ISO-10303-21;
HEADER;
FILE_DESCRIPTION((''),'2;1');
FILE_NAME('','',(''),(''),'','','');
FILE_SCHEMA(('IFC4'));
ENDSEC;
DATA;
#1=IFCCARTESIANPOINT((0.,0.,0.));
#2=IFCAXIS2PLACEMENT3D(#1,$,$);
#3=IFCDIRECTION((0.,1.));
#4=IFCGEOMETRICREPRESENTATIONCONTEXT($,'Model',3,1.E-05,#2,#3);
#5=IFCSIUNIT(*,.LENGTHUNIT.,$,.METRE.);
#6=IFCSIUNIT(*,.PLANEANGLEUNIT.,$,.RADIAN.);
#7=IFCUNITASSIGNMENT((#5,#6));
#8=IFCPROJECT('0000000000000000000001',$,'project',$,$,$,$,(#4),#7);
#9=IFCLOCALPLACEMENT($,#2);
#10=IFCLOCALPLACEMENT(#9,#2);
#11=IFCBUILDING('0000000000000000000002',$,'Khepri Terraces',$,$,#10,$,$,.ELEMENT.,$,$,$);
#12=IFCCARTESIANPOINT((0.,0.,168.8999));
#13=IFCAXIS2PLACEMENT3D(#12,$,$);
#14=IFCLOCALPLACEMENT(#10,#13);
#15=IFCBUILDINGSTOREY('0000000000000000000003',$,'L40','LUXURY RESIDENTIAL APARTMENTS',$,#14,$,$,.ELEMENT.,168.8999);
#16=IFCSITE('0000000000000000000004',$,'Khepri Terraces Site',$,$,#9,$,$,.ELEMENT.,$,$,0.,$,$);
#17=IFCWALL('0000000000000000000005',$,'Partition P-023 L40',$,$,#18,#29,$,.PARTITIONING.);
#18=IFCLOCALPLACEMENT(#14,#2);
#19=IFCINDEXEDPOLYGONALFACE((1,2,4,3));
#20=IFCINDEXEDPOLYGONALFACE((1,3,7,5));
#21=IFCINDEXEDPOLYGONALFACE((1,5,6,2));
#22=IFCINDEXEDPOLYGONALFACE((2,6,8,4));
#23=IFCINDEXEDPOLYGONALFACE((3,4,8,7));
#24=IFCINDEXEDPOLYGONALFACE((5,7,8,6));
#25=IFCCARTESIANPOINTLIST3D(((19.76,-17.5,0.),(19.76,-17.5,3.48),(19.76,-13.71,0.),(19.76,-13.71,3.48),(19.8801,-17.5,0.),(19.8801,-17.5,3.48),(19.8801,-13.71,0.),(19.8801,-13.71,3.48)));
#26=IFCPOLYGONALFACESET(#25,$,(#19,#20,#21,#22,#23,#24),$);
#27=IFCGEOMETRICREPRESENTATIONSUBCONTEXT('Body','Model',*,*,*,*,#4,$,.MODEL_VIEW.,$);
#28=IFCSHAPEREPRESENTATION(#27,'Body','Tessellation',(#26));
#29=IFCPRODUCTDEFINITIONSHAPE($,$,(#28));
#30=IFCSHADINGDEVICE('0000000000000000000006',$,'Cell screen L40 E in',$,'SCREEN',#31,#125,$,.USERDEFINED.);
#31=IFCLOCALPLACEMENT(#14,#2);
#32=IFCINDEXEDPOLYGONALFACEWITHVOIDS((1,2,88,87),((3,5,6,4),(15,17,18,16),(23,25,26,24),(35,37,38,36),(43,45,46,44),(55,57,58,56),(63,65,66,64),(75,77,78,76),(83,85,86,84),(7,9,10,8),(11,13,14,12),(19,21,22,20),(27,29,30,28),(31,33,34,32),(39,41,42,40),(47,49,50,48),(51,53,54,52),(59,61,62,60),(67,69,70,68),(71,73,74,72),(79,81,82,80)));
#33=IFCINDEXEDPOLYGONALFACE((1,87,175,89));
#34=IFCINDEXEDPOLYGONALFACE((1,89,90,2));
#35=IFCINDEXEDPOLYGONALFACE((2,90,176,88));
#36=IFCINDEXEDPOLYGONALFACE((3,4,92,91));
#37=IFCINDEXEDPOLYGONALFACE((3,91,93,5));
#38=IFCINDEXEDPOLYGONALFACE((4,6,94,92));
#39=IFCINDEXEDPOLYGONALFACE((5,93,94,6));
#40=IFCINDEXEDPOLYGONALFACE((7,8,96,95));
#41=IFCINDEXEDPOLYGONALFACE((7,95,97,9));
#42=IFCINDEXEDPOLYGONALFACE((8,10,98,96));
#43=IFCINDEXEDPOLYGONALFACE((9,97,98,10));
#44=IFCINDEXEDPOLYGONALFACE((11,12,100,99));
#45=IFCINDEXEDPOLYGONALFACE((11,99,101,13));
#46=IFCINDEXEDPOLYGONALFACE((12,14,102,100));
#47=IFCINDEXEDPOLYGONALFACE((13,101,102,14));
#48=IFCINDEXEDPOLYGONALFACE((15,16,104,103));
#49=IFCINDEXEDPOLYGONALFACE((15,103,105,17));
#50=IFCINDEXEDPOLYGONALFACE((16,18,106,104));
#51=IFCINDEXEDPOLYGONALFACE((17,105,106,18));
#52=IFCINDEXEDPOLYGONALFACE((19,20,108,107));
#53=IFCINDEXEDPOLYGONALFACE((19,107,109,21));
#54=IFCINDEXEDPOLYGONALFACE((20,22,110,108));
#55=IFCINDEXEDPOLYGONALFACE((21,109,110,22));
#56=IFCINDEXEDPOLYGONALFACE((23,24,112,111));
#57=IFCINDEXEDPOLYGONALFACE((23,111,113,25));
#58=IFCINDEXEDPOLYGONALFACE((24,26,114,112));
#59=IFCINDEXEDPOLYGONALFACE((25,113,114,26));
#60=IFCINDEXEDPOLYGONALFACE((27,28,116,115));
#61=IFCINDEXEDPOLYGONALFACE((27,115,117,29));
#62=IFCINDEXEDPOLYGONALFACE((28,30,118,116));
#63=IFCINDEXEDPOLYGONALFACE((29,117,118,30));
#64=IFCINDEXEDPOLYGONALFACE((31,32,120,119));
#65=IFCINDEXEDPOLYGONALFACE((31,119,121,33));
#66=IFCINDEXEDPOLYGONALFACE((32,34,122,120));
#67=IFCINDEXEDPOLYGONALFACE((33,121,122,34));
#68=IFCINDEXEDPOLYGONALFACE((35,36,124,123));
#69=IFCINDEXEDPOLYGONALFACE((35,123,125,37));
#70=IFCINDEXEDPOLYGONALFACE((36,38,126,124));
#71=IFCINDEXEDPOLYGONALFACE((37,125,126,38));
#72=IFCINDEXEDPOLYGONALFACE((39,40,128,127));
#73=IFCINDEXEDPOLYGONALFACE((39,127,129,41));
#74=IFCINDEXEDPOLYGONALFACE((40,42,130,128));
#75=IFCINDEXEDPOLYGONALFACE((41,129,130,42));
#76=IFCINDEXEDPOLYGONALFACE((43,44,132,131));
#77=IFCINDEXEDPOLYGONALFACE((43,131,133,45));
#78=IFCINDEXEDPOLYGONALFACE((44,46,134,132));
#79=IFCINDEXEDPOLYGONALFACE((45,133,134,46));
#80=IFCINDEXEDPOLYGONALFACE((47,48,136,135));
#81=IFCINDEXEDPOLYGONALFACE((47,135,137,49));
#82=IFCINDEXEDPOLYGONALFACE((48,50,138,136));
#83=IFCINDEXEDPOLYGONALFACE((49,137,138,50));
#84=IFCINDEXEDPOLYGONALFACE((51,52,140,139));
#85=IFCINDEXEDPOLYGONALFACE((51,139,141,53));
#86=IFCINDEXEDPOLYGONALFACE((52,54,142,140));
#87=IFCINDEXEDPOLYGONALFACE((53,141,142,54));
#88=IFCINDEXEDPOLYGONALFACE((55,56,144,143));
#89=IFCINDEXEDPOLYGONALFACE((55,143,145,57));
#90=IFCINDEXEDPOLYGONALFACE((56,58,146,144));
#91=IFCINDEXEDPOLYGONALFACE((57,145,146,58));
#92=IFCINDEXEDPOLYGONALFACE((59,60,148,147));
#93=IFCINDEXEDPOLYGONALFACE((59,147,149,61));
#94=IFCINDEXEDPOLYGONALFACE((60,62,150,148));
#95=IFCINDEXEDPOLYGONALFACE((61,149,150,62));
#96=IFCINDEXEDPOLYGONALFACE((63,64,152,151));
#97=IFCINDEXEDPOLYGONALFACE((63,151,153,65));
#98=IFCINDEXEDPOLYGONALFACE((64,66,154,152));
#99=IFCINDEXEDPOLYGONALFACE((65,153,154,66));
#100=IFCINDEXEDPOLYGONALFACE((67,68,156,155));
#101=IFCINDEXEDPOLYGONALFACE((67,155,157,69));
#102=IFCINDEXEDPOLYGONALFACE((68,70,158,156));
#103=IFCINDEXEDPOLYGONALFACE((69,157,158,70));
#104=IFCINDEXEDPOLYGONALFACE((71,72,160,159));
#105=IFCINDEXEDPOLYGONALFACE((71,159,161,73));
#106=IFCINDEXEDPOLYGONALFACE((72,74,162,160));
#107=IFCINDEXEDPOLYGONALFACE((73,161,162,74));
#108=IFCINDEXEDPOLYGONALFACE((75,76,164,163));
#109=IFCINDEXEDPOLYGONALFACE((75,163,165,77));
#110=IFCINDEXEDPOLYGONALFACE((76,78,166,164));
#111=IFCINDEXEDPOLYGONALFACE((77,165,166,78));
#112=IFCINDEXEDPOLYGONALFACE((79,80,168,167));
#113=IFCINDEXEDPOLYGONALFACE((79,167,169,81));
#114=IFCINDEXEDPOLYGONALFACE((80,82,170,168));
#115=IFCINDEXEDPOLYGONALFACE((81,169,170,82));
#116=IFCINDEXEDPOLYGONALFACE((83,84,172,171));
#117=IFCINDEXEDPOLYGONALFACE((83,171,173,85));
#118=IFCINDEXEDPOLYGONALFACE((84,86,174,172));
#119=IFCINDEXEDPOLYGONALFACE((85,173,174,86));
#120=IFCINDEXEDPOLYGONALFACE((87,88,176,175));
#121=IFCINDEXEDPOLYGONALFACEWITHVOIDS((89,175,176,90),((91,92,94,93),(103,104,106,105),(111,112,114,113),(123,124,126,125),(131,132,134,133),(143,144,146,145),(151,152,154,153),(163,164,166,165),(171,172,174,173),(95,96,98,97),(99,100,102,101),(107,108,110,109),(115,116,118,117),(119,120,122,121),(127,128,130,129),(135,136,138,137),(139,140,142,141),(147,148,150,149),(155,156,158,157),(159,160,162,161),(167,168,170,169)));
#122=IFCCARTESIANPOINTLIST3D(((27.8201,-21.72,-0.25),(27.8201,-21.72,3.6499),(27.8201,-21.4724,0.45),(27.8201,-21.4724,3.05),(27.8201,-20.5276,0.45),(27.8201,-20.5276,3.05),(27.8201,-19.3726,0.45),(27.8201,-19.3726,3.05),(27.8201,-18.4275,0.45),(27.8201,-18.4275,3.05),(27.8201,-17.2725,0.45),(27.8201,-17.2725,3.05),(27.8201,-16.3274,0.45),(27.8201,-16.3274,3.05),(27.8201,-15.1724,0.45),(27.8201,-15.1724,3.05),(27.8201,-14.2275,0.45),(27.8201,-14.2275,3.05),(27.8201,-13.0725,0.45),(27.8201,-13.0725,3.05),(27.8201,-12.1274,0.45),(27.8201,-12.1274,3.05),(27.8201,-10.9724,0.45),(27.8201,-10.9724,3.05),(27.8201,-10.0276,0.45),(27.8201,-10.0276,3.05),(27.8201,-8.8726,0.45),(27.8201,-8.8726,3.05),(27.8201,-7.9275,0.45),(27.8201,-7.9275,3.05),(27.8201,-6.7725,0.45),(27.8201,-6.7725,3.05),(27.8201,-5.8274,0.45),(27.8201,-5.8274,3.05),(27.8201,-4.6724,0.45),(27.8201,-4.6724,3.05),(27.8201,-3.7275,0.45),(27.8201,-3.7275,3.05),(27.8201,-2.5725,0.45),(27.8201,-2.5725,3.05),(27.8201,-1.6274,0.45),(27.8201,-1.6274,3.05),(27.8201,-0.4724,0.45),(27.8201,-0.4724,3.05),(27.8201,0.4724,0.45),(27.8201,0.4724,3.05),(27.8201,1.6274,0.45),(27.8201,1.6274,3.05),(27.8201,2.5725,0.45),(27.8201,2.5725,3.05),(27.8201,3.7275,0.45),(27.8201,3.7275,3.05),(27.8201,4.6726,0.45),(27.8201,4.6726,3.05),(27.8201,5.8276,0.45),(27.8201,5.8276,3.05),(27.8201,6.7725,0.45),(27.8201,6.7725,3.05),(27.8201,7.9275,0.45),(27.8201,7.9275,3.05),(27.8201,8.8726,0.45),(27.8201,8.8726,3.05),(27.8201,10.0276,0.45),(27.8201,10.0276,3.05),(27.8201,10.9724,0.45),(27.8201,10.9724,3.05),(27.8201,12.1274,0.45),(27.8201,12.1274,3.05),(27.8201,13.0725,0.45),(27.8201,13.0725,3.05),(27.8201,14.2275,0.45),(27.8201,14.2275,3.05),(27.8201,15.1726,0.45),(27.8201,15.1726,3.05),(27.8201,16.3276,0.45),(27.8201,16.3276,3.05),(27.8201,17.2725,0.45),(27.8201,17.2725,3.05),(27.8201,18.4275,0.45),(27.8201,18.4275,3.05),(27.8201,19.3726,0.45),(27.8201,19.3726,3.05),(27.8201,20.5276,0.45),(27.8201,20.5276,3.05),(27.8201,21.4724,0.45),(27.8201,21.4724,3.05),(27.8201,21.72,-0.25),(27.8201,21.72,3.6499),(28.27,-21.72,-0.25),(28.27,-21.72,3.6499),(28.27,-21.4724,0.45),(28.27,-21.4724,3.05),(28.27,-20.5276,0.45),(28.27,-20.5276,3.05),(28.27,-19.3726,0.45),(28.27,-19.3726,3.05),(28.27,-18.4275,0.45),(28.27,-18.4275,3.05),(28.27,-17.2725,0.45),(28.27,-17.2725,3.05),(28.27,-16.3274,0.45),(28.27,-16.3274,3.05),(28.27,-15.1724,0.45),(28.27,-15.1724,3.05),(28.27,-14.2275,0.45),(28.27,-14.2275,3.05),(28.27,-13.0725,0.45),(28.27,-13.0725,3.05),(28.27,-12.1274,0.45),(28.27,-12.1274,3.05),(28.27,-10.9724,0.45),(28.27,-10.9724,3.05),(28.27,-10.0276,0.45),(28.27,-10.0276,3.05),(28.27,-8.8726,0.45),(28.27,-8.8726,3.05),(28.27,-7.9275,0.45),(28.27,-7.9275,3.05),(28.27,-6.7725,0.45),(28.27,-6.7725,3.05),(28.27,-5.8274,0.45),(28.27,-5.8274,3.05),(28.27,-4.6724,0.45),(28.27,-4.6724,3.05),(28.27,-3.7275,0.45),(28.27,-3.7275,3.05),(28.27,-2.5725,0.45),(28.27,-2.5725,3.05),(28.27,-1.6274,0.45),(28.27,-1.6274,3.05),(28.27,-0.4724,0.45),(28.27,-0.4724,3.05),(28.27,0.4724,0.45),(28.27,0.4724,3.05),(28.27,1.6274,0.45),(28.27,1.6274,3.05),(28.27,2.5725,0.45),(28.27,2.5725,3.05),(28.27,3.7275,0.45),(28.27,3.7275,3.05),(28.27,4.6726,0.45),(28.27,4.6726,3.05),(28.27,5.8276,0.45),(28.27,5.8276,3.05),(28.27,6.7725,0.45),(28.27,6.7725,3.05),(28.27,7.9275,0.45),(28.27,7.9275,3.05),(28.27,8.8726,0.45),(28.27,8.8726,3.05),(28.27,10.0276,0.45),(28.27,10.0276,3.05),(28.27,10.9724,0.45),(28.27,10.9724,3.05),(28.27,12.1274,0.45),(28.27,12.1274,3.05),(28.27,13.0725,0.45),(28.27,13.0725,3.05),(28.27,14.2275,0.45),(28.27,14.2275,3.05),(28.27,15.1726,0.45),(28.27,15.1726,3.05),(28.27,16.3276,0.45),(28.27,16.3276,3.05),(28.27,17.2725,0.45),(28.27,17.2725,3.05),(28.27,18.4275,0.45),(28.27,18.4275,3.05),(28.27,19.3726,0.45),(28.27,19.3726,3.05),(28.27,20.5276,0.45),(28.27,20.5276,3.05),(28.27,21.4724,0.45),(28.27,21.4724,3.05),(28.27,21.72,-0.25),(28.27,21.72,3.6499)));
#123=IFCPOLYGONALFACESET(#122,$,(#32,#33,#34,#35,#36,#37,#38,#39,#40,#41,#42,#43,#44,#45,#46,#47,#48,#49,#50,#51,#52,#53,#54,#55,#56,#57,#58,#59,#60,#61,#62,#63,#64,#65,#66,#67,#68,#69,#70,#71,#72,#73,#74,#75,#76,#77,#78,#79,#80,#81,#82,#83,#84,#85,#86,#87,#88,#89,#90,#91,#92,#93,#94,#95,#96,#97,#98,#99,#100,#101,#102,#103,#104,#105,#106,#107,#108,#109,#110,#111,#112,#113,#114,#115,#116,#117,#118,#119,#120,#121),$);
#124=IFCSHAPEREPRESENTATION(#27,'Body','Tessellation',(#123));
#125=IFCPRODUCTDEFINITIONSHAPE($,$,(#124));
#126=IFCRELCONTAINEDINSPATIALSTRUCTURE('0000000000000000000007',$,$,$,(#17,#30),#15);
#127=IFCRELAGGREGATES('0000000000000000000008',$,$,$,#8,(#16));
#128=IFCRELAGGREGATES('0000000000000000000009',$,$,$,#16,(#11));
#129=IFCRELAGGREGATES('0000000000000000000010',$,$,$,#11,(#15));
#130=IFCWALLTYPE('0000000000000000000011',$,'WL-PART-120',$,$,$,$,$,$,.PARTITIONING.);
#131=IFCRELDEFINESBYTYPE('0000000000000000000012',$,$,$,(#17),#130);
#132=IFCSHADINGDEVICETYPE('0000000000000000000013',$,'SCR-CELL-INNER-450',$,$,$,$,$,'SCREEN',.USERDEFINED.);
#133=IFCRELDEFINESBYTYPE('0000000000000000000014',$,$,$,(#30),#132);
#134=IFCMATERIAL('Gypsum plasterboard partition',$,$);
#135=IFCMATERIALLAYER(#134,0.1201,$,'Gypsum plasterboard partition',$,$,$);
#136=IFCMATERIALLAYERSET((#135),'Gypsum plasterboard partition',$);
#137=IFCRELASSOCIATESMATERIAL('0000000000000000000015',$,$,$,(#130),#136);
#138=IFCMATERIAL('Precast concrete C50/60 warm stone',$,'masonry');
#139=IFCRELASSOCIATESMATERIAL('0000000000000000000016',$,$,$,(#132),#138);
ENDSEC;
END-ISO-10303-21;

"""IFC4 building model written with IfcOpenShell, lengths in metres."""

from ifc_helpers import new_model, si_unit, direction, frame, frame_2d, origin, place, context, subcontext, project, spatial, polyline, rectangle, outline, extrude, material, layer, layer_set, type_object, element, save


model = new_model("IFC4")

# Units and contexts
model_context = context("Model", 3, precision=1e-05, world=origin(), true_north=direction((0.0, 1.0)))
body_context = subcontext(model_context, "Body", "Model", "MODEL_VIEW")
ifc_project = project(units=[si_unit("LENGTHUNIT", "METRE"), si_unit("PLANEANGLEUNIT", "RADIAN")], contexts=[model_context])

# Site, building, storey
site_placement = place(None, origin())
site = spatial("IfcSite", under=ifc_project, at=site_placement, Name="Khepri Terraces Site", CompositionType="ELEMENT", RefElevation=0.0)
building_placement = place(site_placement, origin())
building = spatial("IfcBuilding", under=site, at=building_placement, Name="Khepri Terraces", CompositionType="ELEMENT")
storey_placement = place(building_placement, frame((0.0, 0.0, 168.8999)))
storey = spatial("IfcBuildingStorey", under=building, at=storey_placement, Name="L40", Description="LUXURY RESIDENTIAL APARTMENTS", CompositionType="ELEMENT", Elevation=168.8999)

# Shared definitions
ifc_material_1 = material(Name="Precast concrete C50/60 warm stone", Category="masonry")

# Shared definitions
ifc_material_2 = material(Name="Gypsum plasterboard partition")
ifc_layer_1 = layer(ifc_material_2, 0.1201, Name="Gypsum plasterboard partition")
ifc_layer_set_1 = layer_set([ifc_layer_1], Name="Gypsum plasterboard partition")
wall_type_1 = type_object("IfcWallType", Name="WL-PART-120", PredefinedType="PARTITIONING", material=ifc_layer_set_1)

# Wall
wall_1_placement = place(storey_placement, frame((19.8201, -17.5, 0.0), z_axis=(0.0, 0.0, 1.0), x_axis=(0.0, 1.0, 0.0)))
element("IfcWall", 1, at=wall_1_placement, inside=storey, type_object=wall_type_1, Name="Partition P-023 L40", PredefinedType="PARTITIONING", context=body_context, shape_type="SweptSolid", body=[
    extrude(rectangle(XDim=3.79, YDim=0.1201, at=frame_2d((1.895, 0.0))), origin(), (0.0, 0.0, 1.0), 3.48),
])

# Shading device
shading_device_type_1 = type_object("IfcShadingDeviceType", Name="SCR-CELL-INNER-450", ElementType="SCREEN", PredefinedType="USERDEFINED", material=ifc_material_1)
shading_device_1_placement = place(storey_placement, frame((27.8201, -21.72, -0.25), z_axis=(1.0, 0.0, 0.0), x_axis=(0.0, 1.0, 0.0)))
element("IfcShadingDevice", 2, at=shading_device_1_placement, inside=storey, type_object=shading_device_type_1, Name="Cell screen L40 E in", ObjectType="SCREEN", PredefinedType="USERDEFINED", context=body_context, shape_type="SweptSolid", body=[
    extrude(outline(polyline([(0.0, 0.0), (43.4399, 0.0), (43.4399, 3.8999), (0.0, 3.8999), (0.0, 0.0)]), holes=[polyline([(0.2476, 0.7), (1.1924, 0.7), (1.1924, 3.3), (0.2476, 3.3), (0.2476, 0.7)]), polyline([(2.3474, 0.7), (3.2925, 0.7), (3.2925, 3.3), (2.3474, 3.3), (2.3474, 0.7)]), polyline([(4.4475, 0.7), (5.3926, 0.7), (5.3926, 3.3), (4.4475, 3.3), (4.4475, 0.7)]), polyline([(6.5476, 0.7), (7.4924, 0.7), (7.4924, 3.3), (6.5476, 3.3), (6.5476, 0.7)]), polyline([(8.6475, 0.7), (9.5925, 0.7), (9.5925, 3.3), (8.6475, 3.3), (8.6475, 0.7)]), polyline([(10.7476, 0.7), (11.6924, 0.7), (11.6924, 3.3), (10.7476, 3.3), (10.7476, 0.7)]), polyline([(12.8474, 0.7), (13.7925, 0.7), (13.7925, 3.3), (12.8474, 3.3), (12.8474, 0.7)]), polyline([(14.9475, 0.7), (15.8926, 0.7), (15.8926, 3.3), (14.9475, 3.3), (14.9475, 0.7)]), polyline([(17.0476, 0.7), (17.9924, 0.7), (17.9924, 3.3), (17.0476, 3.3), (17.0476, 0.7)]), polyline([(19.1475, 0.7), (20.0925, 0.7), (20.0925, 3.3), (19.1475, 3.3), (19.1475, 0.7)]), polyline([(21.2476, 0.7), (22.1924, 0.7), (22.1924, 3.3), (21.2476, 3.3), (21.2476, 0.7)]), polyline([(23.3474, 0.7), (24.2925, 0.7), (24.2925, 3.3), (23.3474, 3.3), (23.3474, 0.7)]), polyline([(25.4475, 0.7), (26.3926, 0.7), (26.3926, 3.3), (25.4475, 3.3), (25.4475, 0.7)]), polyline([(27.5476, 0.7), (28.4924, 0.7), (28.4924, 3.3), (27.5476, 3.3), (27.5476, 0.7)]), polyline([(29.6475, 0.7), (30.5925, 0.7), (30.5925, 3.3), (29.6475, 3.3), (29.6475, 0.7)]), polyline([(31.7476, 0.7), (32.6924, 0.7), (32.6924, 3.3), (31.7476, 3.3), (31.7476, 0.7)]), polyline([(33.8474, 0.7), (34.7925, 0.7), (34.7925, 3.3), (33.8474, 3.3), (33.8474, 0.7)]), polyline([(35.9475, 0.7), (36.8926, 0.7), (36.8926, 3.3), (35.9475, 3.3), (35.9475, 0.7)]), polyline([(38.0476, 0.7), (38.9924, 0.7), (38.9924, 3.3), (38.0476, 3.3), (38.0476, 0.7)]), polyline([(40.1475, 0.7), (41.0925, 0.7), (41.0925, 3.3), (40.1475, 3.3), (40.1475, 0.7)]), polyline([(42.2476, 0.7), (43.1924, 0.7), (43.1924, 3.3), (42.2476, 3.3), (42.2476, 0.7)])]), origin(), (0.0, 0.0, 1.0), 0.45),
])

save(model, "model.ifc")
